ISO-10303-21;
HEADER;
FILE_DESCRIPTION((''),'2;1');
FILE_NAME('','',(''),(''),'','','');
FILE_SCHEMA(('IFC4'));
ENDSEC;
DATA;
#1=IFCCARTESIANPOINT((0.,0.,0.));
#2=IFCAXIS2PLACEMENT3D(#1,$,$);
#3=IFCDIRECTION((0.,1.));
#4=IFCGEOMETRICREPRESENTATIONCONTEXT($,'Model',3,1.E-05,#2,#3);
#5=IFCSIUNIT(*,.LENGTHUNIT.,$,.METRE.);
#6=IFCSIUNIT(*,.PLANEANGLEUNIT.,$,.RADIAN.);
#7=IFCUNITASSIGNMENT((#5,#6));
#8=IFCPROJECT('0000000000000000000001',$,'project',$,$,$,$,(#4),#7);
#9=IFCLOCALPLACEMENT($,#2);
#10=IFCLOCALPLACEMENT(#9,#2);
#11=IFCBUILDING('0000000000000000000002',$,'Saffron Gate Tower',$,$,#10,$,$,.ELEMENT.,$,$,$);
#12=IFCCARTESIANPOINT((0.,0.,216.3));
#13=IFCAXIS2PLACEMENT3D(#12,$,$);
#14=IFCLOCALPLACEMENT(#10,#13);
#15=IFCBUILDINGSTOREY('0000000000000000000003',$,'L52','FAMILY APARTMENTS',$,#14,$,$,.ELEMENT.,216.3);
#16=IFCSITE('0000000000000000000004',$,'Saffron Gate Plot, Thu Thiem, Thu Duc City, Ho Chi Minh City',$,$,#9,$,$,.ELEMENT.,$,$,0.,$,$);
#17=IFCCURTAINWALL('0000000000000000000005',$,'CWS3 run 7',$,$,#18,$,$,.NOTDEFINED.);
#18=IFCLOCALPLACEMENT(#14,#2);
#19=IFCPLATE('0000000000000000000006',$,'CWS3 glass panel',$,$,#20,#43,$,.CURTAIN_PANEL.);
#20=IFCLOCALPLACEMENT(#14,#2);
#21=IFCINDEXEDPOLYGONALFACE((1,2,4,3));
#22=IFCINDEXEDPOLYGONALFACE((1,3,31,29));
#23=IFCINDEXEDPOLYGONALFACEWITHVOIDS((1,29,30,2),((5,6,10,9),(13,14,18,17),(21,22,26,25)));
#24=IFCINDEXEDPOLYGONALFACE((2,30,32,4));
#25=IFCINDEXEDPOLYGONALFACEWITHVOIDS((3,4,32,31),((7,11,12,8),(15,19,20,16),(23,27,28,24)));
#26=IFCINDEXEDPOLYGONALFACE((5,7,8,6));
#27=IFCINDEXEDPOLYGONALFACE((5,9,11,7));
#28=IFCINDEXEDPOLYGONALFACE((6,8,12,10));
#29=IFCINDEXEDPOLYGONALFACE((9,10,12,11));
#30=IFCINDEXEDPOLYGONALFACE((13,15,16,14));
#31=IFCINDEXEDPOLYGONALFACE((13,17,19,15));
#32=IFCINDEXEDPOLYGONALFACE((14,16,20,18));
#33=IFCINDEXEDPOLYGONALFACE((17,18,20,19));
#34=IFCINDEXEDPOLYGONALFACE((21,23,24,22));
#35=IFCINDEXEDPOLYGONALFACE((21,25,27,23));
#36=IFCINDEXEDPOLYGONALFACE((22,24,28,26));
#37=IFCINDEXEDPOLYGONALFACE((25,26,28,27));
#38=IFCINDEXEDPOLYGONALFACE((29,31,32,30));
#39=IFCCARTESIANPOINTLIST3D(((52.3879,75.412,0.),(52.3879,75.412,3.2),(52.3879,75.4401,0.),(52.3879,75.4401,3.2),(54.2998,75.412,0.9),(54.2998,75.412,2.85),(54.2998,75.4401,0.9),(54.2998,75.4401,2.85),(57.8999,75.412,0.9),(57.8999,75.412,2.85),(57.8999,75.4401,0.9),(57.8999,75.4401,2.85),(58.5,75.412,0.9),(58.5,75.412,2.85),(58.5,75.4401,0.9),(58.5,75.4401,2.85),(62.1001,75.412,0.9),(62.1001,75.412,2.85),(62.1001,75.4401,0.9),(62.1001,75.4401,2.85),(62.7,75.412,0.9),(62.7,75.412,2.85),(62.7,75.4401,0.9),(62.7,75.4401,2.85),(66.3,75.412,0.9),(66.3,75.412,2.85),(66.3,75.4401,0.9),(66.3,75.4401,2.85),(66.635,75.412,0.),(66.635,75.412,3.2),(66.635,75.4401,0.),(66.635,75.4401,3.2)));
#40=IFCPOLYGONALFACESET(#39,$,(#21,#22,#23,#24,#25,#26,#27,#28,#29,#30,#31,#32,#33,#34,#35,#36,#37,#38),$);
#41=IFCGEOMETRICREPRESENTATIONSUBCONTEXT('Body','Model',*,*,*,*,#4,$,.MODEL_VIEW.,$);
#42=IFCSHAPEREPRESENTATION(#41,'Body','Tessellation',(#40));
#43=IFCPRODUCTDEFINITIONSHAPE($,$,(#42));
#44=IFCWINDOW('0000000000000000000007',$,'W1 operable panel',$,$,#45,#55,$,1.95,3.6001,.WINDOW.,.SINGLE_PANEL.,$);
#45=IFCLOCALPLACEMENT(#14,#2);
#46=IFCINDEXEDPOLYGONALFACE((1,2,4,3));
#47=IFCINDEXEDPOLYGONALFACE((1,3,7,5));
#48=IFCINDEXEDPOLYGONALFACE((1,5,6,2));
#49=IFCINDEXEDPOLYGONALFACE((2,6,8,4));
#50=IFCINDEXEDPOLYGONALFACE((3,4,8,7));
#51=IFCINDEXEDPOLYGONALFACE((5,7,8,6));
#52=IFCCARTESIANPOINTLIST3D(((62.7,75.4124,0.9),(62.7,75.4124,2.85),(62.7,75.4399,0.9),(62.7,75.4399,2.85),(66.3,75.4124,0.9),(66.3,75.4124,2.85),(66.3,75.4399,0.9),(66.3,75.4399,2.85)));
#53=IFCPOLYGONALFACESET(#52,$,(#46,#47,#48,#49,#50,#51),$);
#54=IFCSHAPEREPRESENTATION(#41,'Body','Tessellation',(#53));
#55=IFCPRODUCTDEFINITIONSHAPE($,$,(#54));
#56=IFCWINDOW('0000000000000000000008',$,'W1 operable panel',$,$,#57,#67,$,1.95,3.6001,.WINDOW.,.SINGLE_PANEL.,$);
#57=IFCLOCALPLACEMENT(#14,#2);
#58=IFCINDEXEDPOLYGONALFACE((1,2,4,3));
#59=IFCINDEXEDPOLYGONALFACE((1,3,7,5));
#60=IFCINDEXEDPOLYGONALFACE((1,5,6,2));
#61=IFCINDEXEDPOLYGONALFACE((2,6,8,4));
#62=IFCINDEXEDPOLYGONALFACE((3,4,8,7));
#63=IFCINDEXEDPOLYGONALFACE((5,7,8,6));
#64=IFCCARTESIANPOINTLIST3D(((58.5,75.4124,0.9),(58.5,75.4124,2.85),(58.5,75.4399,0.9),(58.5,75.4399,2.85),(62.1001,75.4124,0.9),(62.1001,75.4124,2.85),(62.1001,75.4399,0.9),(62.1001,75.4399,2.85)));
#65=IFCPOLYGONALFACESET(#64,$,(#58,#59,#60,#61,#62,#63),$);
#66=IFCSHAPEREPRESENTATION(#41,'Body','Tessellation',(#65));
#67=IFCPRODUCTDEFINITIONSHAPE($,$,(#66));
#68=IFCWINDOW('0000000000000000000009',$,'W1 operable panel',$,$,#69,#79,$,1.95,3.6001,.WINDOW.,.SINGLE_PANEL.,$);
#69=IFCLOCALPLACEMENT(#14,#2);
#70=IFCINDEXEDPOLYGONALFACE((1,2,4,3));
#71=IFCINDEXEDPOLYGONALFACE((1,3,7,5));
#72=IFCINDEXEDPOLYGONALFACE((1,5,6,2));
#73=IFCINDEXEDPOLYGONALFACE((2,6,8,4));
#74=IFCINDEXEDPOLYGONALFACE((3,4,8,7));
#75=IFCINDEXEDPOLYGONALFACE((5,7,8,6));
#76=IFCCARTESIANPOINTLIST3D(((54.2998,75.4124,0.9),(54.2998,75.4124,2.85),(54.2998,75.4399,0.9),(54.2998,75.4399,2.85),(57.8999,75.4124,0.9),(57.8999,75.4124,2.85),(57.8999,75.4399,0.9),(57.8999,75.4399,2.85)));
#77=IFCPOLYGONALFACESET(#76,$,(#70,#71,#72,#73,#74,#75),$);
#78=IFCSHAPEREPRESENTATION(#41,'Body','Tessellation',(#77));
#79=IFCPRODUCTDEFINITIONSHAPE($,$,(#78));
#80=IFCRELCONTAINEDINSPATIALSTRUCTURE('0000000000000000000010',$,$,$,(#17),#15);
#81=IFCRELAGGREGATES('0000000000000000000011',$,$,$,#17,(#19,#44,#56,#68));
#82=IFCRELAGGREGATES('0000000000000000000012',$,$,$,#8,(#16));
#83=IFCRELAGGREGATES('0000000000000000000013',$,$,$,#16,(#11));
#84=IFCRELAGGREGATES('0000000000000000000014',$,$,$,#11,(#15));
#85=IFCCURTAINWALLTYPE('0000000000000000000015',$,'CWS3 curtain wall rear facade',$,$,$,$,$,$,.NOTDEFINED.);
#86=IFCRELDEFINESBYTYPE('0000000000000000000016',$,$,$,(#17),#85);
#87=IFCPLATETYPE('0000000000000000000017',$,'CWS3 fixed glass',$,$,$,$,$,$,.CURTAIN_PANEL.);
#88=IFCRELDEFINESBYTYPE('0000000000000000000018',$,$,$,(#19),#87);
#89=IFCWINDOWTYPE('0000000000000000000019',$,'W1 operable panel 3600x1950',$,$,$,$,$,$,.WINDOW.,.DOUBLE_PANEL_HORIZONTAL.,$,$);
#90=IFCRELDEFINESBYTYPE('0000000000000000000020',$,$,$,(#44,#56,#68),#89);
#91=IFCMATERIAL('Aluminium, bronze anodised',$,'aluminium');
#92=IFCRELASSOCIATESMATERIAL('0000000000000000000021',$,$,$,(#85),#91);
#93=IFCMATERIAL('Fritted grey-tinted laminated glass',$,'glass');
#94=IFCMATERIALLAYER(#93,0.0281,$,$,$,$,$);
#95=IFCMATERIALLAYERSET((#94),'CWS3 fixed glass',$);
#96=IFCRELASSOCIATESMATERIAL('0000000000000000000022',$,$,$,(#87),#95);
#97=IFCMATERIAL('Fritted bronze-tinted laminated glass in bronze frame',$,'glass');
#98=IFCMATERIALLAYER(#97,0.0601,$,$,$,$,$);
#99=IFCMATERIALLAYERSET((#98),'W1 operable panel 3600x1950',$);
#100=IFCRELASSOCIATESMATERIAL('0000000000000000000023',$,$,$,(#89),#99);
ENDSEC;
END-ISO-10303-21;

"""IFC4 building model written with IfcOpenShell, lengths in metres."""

from ifc_helpers import new_model, si_unit, direction, frame, frame_2d, origin, place, context, subcontext, project, spatial, rectangle, extrude, material, layer, layer_set, type_object, element, fill, aggregate, save


model = new_model("IFC4")

# Units and contexts
model_context = context("Model", 3, precision=1e-05, world=origin(), true_north=direction((0.0, 1.0)))
body_context = subcontext(model_context, "Body", "Model", "MODEL_VIEW")
ifc_project = project(units=[si_unit("LENGTHUNIT", "METRE"), si_unit("PLANEANGLEUNIT", "RADIAN")], contexts=[model_context])

# Site, building, storey
site_placement = place(None, origin())
site = spatial("IfcSite", under=ifc_project, at=site_placement, Name="Saffron Gate Plot, Thu Thiem, Thu Duc City, Ho Chi Minh City", CompositionType="ELEMENT", RefElevation=0.0)
building_placement = place(site_placement, origin())
building = spatial("IfcBuilding", under=site, at=building_placement, Name="Saffron Gate Tower", CompositionType="ELEMENT")
storey_placement = place(building_placement, frame((0.0, 0.0, 216.3)))
storey = spatial("IfcBuildingStorey", under=building, at=storey_placement, Name="L52", Description="FAMILY APARTMENTS", CompositionType="ELEMENT", Elevation=216.3)

# Curtain wall, plate, openings, windows
ifc_material_1 = material(Name="Aluminium, bronze anodised", Category="aluminium")
curtain_wall_type = type_object("IfcCurtainWallType", Name="CWS3 curtain wall rear facade", PredefinedType="NOTDEFINED", material=ifc_material_1)
curtain_wall_placement = place(storey_placement, origin())
curtain_wall = element("IfcCurtainWall", 1, at=curtain_wall_placement, inside=storey, type_object=curtain_wall_type, Name="CWS3 run 7", PredefinedType="NOTDEFINED")
ifc_material_2 = material(Name="Fritted grey-tinted laminated glass", Category="glass")
ifc_layer_1 = layer(ifc_material_2, 0.0281)
ifc_layer_set_1 = layer_set([ifc_layer_1], Name="CWS3 fixed glass")
plate_type = type_object("IfcPlateType", Name="CWS3 fixed glass", PredefinedType="CURTAIN_PANEL", material=ifc_layer_set_1)
plate_placement = place(storey_placement, frame((66.635, 75.426, 0.0), z_axis=(0.0, 0.0, 1.0), x_axis=(-1.0, 0.0, 0.0)))
plate = element("IfcPlate", 2, at=plate_placement, type_object=plate_type, Name="CWS3 glass panel", PredefinedType="CURTAIN_PANEL", context=body_context, shape_type="SweptSolid", body=[
    extrude(rectangle(XDim=14.2471, YDim=0.0281, at=frame_2d((7.1235, 0.0))), origin(), (0.0, 0.0, 1.0), 3.2),
])
opening_1_placement = place(plate_placement, frame((0.335, 0.0, 0.8999)))
opening_1 = element("IfcOpeningElement", 3, at=opening_1_placement, cuts=plate, PredefinedType="OPENING", context=body_context, shape_type="SweptSolid", body=[
    extrude(rectangle(XDim=3.6001, YDim=1.95, at=frame_2d((1.8, 0.9751))), frame((0.0, 0.0239, 0.0), z_axis=(0.0, -1.0, 0.0), x_axis=(1.0, 0.0, 0.0)), (0.0, 0.0, 1.0), 0.0481),
])
opening_2_placement = place(plate_placement, frame((4.5349, 0.0, 0.8999)))
opening_2 = element("IfcOpeningElement", 4, at=opening_2_placement, cuts=plate, PredefinedType="OPENING", context=body_context, shape_type="SweptSolid", body=[
    extrude(rectangle(XDim=3.6001, YDim=1.95, at=frame_2d((1.8, 0.9751))), frame((0.0, 0.0239, 0.0), z_axis=(0.0, -1.0, 0.0), x_axis=(1.0, 0.0, 0.0)), (0.0, 0.0, 1.0), 0.0481),
])
opening_3_placement = place(plate_placement, frame((8.7351, 0.0, 0.8999)))
opening_3 = element("IfcOpeningElement", 5, at=opening_3_placement, cuts=plate, PredefinedType="OPENING", context=body_context, shape_type="SweptSolid", body=[
    extrude(rectangle(XDim=3.6001, YDim=1.95, at=frame_2d((1.8, 0.9751))), frame((0.0, 0.0239, 0.0), z_axis=(0.0, -1.0, 0.0), x_axis=(1.0, 0.0, 0.0)), (0.0, 0.0, 1.0), 0.0481),
])
ifc_material_3 = material(Name="Fritted bronze-tinted laminated glass in bronze frame", Category="glass")
ifc_layer_2 = layer(ifc_material_3, 0.0601)
ifc_layer_set_2 = layer_set([ifc_layer_2], Name="W1 operable panel 3600x1950")
window_type = type_object("IfcWindowType", Name="W1 operable panel 3600x1950", PartitioningType="DOUBLE_PANEL_HORIZONTAL", PredefinedType="WINDOW", material=ifc_layer_set_2)
window_1_placement = place(opening_1_placement, origin())
window_1 = element("IfcWindow", 6, at=window_1_placement, type_object=window_type, Name="W1 operable panel", OverallHeight=1.95, OverallWidth=3.6001, PartitioningType="SINGLE_PANEL", PredefinedType="WINDOW", context=body_context, shape_type="SweptSolid", body=[
    extrude(rectangle(XDim=3.6001, YDim=1.95, at=frame_2d((1.8, 0.9751))), frame((0.0, 0.0137, 0.0), z_axis=(0.0, -1.0, 0.0), x_axis=(1.0, 0.0, 0.0)), (0.0, 0.0, 1.0), 0.0276),
])
fill(opening_1, window_1)
window_2_placement = place(opening_2_placement, origin())
window_2 = element("IfcWindow", 7, at=window_2_placement, type_object=window_type, Name="W1 operable panel", OverallHeight=1.95, OverallWidth=3.6001, PartitioningType="SINGLE_PANEL", PredefinedType="WINDOW", context=body_context, shape_type="SweptSolid", body=[
    extrude(rectangle(XDim=3.6001, YDim=1.95, at=frame_2d((1.8, 0.9751))), frame((0.0, 0.0137, 0.0), z_axis=(0.0, -1.0, 0.0), x_axis=(1.0, 0.0, 0.0)), (0.0, 0.0, 1.0), 0.0276),
])
fill(opening_2, window_2)
window_3_placement = place(opening_3_placement, origin())
window_3 = element("IfcWindow", 8, at=window_3_placement, type_object=window_type, Name="W1 operable panel", OverallHeight=1.95, OverallWidth=3.6001, PartitioningType="SINGLE_PANEL", PredefinedType="WINDOW", context=body_context, shape_type="SweptSolid", body=[
    extrude(rectangle(XDim=3.6001, YDim=1.95, at=frame_2d((1.8, 0.9751))), frame((0.0, 0.0137, 0.0), z_axis=(0.0, -1.0, 0.0), x_axis=(1.0, 0.0, 0.0)), (0.0, 0.0, 1.0), 0.0276),
])
fill(opening_3, window_3)
aggregate(curtain_wall, [plate, window_1, window_2, window_3])

save(model, "model.ifc")
